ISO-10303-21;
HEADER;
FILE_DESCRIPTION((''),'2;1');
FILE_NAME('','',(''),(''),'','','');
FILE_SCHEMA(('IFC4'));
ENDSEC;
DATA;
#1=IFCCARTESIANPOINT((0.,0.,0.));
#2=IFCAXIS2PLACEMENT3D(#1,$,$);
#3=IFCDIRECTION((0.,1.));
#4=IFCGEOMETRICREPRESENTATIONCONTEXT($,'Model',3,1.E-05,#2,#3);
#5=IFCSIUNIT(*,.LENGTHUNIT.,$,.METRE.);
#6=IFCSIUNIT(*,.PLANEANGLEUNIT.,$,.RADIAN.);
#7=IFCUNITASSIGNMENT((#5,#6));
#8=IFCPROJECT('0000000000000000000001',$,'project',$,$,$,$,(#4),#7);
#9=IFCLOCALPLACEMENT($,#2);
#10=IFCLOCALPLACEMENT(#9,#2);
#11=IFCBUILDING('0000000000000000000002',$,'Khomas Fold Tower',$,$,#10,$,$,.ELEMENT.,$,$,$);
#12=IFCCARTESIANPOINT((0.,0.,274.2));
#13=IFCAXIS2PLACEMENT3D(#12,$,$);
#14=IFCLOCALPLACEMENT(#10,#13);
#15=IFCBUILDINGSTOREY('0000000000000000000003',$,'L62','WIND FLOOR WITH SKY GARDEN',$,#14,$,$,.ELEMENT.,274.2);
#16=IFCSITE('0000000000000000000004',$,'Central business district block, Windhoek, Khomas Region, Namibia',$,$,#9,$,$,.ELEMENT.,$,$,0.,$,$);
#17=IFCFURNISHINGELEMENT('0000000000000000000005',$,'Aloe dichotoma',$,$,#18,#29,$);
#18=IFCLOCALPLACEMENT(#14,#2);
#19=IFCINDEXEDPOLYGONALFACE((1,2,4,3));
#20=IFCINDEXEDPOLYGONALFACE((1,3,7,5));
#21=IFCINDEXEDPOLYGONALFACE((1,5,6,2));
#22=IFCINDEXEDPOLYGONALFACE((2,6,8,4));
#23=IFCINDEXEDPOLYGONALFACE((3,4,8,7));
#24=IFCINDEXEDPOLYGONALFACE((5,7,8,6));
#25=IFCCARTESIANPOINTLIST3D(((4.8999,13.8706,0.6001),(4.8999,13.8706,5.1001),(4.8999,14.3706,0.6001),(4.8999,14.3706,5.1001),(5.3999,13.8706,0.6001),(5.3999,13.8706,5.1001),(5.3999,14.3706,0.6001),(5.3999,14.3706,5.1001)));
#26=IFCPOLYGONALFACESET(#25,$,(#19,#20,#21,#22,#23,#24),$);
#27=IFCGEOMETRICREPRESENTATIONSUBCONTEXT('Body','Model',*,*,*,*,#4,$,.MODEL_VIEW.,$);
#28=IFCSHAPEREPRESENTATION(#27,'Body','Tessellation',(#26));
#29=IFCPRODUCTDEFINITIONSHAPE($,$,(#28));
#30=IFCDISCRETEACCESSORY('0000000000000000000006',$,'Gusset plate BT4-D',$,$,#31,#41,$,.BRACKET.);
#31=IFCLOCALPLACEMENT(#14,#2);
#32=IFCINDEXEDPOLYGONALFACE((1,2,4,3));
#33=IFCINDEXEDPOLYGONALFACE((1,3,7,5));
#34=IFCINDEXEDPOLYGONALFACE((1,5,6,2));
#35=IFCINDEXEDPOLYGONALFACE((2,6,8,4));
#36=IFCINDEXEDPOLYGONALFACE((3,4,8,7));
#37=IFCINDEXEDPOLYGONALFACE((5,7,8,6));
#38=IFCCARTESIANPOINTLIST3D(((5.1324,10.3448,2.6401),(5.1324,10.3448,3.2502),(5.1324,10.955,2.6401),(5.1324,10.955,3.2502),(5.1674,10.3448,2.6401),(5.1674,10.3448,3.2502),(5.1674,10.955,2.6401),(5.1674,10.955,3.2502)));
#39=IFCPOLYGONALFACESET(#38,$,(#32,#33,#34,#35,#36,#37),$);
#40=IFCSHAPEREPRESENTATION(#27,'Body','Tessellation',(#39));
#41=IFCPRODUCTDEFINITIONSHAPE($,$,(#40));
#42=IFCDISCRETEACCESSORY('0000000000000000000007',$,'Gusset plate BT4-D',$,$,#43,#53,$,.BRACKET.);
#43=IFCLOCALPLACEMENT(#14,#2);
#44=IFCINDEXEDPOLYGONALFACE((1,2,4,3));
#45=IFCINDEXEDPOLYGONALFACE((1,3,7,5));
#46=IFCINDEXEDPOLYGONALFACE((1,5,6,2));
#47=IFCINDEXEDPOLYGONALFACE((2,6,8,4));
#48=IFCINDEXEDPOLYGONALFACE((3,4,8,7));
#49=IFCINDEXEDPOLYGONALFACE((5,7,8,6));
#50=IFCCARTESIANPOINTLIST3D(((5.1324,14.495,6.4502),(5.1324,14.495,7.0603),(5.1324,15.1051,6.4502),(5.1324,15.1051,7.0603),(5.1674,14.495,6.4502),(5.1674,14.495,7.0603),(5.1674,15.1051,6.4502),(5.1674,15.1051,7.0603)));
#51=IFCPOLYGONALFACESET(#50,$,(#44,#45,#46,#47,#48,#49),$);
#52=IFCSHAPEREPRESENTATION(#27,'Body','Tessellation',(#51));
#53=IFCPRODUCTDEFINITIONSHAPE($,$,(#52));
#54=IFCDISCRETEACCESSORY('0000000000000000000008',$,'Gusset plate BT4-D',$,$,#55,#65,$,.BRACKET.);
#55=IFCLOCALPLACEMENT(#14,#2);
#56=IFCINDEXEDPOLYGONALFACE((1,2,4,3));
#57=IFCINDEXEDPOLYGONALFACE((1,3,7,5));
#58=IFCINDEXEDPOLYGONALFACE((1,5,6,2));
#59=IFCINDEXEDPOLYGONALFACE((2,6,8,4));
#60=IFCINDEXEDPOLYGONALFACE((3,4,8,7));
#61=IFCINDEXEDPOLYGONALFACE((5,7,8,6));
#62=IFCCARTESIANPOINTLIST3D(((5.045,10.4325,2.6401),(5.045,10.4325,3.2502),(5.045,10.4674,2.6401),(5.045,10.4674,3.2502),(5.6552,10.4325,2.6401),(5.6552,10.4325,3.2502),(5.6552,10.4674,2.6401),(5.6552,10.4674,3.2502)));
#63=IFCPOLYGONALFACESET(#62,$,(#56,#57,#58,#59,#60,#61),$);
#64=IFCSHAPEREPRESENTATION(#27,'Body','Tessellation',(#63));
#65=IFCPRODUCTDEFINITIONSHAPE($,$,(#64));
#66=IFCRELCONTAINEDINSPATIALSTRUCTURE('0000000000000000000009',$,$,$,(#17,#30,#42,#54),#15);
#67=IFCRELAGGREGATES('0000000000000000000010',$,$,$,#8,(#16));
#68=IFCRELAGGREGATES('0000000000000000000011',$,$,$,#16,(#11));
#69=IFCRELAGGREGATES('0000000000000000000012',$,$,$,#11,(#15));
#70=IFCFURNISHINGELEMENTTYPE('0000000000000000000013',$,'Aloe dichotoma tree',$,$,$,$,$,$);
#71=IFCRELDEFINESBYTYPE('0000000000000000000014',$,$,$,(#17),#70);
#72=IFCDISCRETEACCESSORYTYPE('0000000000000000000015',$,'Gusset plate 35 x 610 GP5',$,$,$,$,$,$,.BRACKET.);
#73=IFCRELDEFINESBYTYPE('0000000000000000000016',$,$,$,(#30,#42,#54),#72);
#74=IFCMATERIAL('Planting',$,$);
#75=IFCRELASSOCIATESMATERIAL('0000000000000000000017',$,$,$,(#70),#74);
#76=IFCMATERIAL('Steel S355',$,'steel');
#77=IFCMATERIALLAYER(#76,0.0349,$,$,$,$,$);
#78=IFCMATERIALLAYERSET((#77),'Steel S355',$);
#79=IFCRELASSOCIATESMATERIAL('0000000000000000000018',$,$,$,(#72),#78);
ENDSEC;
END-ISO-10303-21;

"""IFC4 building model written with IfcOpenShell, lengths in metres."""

from ifc_helpers import new_model, si_unit, direction, frame, origin, origin_2d, place, context, subcontext, project, spatial, rectangle, extrude, source, transform, mapped, material, layer, layer_set, type_object, element, save


model = new_model("IFC4")

# Units and contexts
model_context = context("Model", 3, precision=1e-05, world=origin(), true_north=direction((0.0, 1.0)))
body_context = subcontext(model_context, "Body", "Model", "MODEL_VIEW")
ifc_project = project(units=[si_unit("LENGTHUNIT", "METRE"), si_unit("PLANEANGLEUNIT", "RADIAN")], contexts=[model_context])

# Site, building, storey
site_placement = place(None, origin())
site = spatial("IfcSite", under=ifc_project, at=site_placement, Name="Central business district block, Windhoek, Khomas Region, Namibia", CompositionType="ELEMENT", RefElevation=0.0)
building_placement = place(site_placement, origin())
building = spatial("IfcBuilding", under=site, at=building_placement, Name="Khomas Fold Tower", CompositionType="ELEMENT")
storey_placement = place(building_placement, frame((0.0, 0.0, 274.2)))
storey = spatial("IfcBuildingStorey", under=building, at=storey_placement, Name="L62", Description="WIND FLOOR WITH SKY GARDEN", CompositionType="ELEMENT", Elevation=274.2)

# Furnishing element
ifc_material_1 = material(Name="Planting")
furnishing_element_type_1 = type_object("IfcFurnishingElementType", Name="Aloe dichotoma tree", material=ifc_material_1)
shared_shape_1 = source(origin(), body_context, "Body", "SweptSolid", [
    extrude(rectangle(XDim=0.5, YDim=0.5, at=origin_2d()), origin(), (0.0, 0.0, 1.0), 4.5),
])
furnishing_1_placement = place(storey_placement, frame((5.1499, 14.1206, 0.6001), z_axis=(0.0, 0.0, 1.0), x_axis=(1.0, 0.0, 0.0)))
element("IfcFurnishingElement", 1, at=furnishing_1_placement, inside=storey, type_object=furnishing_element_type_1, Name="Aloe dichotoma", context=body_context, shape_type="MappedRepresentation", body=[
    mapped(shared_shape_1, transform((0.0, 0.0, 0.0))),
])

# Discrete accessories
ifc_material_2 = material(Name="Steel S355", Category="steel")
ifc_layer_1 = layer(ifc_material_2, 0.0349)
ifc_layer_set_1 = layer_set([ifc_layer_1], Name="Steel S355")
discrete_accessory_type = type_object("IfcDiscreteAccessoryType", Name="Gusset plate 35 x 610 GP5", PredefinedType="BRACKET", material=ifc_layer_set_1)
shared_shape_2 = source(origin(), body_context, "Body", "SweptSolid", [
    extrude(rectangle(XDim=0.6101, YDim=0.0349, at=origin_2d()), origin(), (0.0, 0.0, 1.0), 0.6101),
])
for number, where, z_axis, x_axis, name in (
    (2, (5.1499, 10.6499, 2.6401), (0.0, 0.0, 1.0), (0.0, 1.0, 0.0), "Gusset plate BT4-D"),
    (3, (5.1499, 14.8, 6.4502), (0.0, 0.0, 1.0), (0.0, 1.0, 0.0), "Gusset plate BT4-D"),
    (4, (5.3501, 10.45, 2.6401), (0.0, 0.0, 1.0), (1.0, 0.0, 0.0), "Gusset plate BT4-D"),
):
    element("IfcDiscreteAccessory", number, at=place(storey_placement, frame(where, z_axis=z_axis, x_axis=x_axis)), inside=storey, type_object=discrete_accessory_type, Name=name, PredefinedType="BRACKET", context=body_context, shape_type="MappedRepresentation", body=[
        mapped(shared_shape_2, transform((0.0, 0.0, 0.0))),
    ])

save(model, "model.ifc")
